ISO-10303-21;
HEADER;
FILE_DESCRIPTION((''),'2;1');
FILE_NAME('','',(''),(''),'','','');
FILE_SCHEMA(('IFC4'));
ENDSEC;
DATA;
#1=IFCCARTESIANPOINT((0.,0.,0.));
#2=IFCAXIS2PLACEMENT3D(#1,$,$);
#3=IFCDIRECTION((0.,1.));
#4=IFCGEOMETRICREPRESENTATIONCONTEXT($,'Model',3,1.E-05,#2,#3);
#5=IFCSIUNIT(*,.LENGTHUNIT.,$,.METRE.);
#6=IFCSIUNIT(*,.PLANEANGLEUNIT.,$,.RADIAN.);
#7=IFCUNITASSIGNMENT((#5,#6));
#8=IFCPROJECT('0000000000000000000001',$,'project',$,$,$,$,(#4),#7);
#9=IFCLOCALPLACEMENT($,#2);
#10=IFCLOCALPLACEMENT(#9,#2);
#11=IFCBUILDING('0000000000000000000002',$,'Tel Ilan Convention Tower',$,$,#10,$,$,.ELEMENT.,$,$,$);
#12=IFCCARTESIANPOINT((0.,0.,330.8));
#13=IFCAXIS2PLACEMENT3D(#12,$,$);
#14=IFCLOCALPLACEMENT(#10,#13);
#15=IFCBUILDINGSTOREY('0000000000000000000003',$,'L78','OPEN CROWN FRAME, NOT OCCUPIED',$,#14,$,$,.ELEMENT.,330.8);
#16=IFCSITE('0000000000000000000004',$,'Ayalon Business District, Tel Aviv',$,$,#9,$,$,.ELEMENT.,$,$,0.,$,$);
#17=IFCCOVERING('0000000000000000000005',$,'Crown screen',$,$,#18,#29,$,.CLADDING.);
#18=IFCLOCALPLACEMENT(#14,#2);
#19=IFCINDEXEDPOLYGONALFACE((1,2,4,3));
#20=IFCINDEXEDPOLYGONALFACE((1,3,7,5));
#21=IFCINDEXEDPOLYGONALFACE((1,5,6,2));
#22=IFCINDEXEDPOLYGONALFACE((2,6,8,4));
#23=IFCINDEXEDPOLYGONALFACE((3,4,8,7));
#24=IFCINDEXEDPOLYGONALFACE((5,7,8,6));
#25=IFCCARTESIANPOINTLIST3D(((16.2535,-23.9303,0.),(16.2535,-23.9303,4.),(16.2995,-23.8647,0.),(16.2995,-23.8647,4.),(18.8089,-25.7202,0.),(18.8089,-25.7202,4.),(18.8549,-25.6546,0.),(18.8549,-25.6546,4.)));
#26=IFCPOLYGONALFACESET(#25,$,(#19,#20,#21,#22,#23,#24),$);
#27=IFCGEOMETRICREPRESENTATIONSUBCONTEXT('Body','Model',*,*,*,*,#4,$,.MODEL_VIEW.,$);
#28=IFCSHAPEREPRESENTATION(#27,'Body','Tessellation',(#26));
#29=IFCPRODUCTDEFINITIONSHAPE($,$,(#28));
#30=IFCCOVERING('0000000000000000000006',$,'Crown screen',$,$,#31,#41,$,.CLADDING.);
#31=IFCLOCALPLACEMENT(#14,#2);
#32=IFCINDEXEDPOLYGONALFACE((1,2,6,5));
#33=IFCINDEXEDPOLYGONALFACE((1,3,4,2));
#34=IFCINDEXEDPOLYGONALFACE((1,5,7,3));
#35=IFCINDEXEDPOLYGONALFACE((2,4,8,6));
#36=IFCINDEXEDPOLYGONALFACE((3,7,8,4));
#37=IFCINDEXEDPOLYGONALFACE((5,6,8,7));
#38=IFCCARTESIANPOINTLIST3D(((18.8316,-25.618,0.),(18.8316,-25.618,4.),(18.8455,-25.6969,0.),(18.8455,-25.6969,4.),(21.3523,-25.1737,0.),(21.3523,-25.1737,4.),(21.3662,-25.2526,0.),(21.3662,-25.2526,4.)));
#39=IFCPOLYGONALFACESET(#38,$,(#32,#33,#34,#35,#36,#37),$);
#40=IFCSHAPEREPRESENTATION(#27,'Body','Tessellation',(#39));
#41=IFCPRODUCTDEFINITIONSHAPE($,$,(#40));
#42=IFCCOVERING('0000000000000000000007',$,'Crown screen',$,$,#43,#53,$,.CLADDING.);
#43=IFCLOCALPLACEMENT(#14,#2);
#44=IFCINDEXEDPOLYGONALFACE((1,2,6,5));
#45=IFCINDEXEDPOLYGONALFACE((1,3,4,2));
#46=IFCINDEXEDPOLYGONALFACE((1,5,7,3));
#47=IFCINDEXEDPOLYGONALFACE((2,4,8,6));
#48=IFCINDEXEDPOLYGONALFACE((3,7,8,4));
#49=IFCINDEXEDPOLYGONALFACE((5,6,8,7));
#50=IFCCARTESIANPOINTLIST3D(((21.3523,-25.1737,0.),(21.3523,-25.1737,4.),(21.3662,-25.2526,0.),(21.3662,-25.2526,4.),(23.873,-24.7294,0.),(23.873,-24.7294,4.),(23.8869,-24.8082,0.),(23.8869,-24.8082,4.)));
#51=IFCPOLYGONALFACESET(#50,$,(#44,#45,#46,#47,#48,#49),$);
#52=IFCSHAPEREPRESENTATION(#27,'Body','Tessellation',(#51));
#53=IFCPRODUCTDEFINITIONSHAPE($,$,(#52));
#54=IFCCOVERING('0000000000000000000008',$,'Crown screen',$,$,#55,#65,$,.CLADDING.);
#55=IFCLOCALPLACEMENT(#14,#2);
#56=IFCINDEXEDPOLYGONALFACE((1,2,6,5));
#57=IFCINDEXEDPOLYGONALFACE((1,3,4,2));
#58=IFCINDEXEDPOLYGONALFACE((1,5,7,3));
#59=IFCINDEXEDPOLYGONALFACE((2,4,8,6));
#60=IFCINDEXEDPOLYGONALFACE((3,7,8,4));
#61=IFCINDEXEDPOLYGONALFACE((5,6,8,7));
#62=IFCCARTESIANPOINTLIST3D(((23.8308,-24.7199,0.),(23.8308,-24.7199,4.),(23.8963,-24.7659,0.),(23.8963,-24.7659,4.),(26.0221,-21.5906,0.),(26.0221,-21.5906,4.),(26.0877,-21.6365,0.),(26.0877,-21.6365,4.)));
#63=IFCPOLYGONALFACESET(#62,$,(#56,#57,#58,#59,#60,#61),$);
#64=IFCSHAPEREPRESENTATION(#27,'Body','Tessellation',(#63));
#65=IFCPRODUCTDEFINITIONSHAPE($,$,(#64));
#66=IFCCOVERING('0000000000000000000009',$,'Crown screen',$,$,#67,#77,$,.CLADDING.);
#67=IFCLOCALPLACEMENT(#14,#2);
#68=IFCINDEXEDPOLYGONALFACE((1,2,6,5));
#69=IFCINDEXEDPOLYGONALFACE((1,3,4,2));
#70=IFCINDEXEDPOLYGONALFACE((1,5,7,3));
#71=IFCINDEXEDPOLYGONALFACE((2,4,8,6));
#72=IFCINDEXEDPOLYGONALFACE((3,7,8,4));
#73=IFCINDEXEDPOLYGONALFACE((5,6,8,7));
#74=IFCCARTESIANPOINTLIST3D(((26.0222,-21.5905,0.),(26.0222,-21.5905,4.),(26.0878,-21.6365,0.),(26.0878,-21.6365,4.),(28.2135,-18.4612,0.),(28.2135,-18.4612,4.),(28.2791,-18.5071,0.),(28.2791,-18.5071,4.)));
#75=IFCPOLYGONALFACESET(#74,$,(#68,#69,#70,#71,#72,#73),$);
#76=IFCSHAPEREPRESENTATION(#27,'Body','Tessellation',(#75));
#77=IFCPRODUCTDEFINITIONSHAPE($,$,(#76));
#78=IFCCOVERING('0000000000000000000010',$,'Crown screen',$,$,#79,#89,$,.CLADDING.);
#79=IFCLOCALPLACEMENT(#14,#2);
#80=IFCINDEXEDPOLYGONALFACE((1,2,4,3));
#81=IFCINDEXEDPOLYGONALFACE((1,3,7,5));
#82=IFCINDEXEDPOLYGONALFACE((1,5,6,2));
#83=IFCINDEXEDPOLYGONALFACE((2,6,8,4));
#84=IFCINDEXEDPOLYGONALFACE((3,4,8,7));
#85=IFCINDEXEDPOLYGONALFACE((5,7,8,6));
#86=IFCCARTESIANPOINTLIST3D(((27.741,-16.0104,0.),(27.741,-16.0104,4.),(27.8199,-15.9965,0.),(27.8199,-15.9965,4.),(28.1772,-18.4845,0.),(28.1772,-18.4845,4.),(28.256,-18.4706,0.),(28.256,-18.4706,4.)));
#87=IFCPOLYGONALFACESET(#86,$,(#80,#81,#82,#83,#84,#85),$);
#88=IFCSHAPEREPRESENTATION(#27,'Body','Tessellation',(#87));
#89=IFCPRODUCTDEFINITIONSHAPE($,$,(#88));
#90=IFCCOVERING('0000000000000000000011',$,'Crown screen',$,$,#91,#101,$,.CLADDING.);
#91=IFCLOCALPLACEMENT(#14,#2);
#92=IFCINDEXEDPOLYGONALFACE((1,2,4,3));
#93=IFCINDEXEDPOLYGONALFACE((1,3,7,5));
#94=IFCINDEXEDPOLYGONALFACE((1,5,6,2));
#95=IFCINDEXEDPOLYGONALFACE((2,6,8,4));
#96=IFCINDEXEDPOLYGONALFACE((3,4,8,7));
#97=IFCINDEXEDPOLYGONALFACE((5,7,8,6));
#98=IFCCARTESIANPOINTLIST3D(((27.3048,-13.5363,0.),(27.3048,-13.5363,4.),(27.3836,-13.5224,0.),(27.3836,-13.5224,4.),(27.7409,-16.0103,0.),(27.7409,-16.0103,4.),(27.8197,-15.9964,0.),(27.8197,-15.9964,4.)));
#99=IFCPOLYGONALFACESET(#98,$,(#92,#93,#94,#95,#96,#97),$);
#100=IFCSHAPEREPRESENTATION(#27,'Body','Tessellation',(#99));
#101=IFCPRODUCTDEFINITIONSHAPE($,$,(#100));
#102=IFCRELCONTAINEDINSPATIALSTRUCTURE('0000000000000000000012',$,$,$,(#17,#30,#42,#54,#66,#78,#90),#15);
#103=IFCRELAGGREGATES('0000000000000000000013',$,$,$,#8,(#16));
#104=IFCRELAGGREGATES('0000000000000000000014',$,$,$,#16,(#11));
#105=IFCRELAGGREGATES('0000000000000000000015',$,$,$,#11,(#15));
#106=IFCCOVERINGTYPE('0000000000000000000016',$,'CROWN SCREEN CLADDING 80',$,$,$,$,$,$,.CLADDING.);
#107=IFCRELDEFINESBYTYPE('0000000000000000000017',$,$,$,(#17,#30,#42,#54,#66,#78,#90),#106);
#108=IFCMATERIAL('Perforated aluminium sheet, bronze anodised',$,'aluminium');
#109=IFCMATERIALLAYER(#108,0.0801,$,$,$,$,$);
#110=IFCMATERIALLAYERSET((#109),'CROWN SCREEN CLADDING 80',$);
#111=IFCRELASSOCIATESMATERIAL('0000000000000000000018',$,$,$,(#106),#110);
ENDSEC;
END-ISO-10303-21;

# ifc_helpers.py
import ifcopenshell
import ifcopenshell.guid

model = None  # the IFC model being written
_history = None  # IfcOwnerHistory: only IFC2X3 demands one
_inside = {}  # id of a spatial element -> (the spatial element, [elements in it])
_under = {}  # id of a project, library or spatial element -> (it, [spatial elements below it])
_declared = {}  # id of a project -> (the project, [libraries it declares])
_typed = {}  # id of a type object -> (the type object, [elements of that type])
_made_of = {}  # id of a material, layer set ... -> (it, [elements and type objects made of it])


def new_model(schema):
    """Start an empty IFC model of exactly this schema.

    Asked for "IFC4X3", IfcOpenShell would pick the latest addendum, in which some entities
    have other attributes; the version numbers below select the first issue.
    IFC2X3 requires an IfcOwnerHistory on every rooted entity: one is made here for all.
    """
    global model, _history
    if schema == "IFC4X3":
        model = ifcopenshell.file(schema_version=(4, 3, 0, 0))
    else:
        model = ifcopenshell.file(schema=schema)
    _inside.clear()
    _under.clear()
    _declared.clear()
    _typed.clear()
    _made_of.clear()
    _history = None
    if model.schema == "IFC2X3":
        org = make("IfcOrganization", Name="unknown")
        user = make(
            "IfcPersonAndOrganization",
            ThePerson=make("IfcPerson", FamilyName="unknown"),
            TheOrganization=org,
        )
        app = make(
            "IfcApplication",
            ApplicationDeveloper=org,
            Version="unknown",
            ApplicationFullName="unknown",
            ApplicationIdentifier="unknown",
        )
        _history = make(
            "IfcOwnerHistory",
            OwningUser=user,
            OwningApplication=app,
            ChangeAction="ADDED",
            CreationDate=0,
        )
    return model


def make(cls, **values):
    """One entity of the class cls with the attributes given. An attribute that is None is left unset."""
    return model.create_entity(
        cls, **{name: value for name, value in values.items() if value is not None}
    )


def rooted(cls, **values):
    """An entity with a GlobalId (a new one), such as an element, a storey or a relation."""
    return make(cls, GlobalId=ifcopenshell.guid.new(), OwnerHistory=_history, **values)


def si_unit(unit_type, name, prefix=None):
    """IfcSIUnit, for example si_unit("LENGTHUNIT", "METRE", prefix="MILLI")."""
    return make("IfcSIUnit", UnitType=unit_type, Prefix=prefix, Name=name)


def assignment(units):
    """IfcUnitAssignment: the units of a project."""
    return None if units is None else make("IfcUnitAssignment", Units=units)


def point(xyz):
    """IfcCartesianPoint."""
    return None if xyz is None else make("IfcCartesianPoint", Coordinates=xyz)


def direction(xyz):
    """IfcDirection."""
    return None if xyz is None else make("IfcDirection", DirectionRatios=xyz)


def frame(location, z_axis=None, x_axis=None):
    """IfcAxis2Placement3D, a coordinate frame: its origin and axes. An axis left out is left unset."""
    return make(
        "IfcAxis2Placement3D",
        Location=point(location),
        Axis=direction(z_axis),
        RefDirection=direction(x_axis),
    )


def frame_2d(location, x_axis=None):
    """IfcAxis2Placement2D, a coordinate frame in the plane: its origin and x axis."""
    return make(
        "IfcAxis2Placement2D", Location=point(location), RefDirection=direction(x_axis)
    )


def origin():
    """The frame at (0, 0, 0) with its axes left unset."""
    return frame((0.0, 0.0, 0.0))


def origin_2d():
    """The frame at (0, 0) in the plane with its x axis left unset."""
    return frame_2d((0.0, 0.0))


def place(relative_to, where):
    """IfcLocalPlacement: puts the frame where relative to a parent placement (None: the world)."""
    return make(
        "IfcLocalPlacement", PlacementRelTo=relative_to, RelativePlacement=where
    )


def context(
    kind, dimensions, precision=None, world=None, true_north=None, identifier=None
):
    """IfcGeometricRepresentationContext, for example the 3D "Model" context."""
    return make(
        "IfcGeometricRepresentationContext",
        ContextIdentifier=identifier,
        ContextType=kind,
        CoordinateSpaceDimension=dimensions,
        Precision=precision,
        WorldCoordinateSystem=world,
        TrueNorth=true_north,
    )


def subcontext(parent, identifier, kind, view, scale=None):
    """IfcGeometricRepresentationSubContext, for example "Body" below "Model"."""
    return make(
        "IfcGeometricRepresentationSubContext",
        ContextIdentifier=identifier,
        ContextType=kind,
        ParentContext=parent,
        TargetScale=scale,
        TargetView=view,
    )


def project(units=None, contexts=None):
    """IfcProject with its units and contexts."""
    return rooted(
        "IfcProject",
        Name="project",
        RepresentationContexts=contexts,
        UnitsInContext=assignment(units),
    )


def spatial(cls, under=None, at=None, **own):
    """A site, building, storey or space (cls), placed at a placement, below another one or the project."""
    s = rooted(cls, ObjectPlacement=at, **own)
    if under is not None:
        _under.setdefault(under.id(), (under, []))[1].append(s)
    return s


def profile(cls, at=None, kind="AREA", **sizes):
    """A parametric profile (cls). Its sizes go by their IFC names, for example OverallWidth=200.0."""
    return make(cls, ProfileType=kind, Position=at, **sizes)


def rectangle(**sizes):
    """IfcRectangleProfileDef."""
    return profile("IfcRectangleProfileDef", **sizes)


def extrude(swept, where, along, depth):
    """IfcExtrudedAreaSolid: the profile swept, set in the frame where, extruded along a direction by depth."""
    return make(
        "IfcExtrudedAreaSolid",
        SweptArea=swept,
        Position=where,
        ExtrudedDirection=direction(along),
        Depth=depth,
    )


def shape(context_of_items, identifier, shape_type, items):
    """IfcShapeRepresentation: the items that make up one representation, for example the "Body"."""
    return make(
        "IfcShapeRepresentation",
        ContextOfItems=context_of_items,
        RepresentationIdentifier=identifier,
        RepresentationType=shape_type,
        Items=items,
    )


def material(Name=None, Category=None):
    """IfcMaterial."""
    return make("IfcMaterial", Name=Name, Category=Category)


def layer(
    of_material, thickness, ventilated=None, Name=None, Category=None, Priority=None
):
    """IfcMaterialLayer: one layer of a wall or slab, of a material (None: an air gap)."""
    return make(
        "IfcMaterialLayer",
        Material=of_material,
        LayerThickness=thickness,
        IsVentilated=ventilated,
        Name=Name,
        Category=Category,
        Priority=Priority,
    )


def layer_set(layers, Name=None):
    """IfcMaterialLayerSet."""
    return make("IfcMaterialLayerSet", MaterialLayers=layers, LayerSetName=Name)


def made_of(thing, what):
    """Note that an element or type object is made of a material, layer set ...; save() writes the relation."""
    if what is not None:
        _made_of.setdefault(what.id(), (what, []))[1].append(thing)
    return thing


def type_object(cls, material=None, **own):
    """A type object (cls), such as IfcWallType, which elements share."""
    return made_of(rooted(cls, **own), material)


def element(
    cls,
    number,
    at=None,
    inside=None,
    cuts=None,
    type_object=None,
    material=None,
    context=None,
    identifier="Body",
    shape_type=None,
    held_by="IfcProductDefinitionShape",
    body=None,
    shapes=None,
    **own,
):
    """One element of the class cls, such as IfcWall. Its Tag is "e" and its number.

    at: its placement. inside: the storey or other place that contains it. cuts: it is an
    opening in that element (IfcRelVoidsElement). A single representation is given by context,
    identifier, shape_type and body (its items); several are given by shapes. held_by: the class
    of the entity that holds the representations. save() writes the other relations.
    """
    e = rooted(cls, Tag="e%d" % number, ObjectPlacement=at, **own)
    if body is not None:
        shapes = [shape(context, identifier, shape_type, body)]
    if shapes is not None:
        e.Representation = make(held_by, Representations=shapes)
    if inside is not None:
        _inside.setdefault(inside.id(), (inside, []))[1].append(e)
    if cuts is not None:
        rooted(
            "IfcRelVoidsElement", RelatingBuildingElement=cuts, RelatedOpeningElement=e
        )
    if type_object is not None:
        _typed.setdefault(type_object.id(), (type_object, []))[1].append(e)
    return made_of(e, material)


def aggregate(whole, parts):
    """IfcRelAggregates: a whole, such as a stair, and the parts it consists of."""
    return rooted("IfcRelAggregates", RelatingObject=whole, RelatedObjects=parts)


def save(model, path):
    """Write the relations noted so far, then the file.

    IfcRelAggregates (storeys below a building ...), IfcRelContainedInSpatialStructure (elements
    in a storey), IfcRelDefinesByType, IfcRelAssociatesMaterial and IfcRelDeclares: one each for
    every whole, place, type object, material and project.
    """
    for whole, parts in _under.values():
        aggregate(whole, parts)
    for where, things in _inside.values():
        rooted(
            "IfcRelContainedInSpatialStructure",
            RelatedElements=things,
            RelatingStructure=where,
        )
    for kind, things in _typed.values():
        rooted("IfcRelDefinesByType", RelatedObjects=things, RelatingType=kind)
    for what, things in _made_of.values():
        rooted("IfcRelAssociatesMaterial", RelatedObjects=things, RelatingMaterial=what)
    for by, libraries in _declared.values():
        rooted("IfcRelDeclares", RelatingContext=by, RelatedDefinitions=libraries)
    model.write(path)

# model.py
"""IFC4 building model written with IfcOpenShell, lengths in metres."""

from ifc_helpers import new_model, si_unit, direction, frame, origin, origin_2d, place, context, subcontext, project, spatial, rectangle, extrude, material, layer, layer_set, type_object, element, save


model = new_model("IFC4")

# Units and contexts
model_context = context("Model", 3, precision=1e-05, world=origin(), true_north=direction((0.0, 1.0)))
body_context = subcontext(model_context, "Body", "Model", "MODEL_VIEW")
ifc_project = project(units=[si_unit("LENGTHUNIT", "METRE"), si_unit("PLANEANGLEUNIT", "RADIAN")], contexts=[model_context])

# Site, building, storey
site_placement = place(None, origin())
site = spatial("IfcSite", under=ifc_project, at=site_placement, Name="Ayalon Business District, Tel Aviv", CompositionType="ELEMENT", RefElevation=0.0)
building_placement = place(site_placement, origin())
building = spatial("IfcBuilding", under=site, at=building_placement, Name="Tel Ilan Convention Tower", CompositionType="ELEMENT")
storey_placement = place(building_placement, frame((0.0, 0.0, 330.8)))
storey = spatial("IfcBuildingStorey", under=building, at=storey_placement, Name="L78", Description="OPEN CROWN FRAME, NOT OCCUPIED", CompositionType="ELEMENT", Elevation=330.8)

# Coverings
ifc_material_1 = material(Name="Perforated aluminium sheet, bronze anodised", Category="aluminium")
ifc_layer = layer(ifc_material_1, 0.0801)
ifc_layer_set = layer_set([ifc_layer], Name="CROWN SCREEN CLADDING 80")
covering_type = type_object("IfcCoveringType", Name="CROWN SCREEN CLADDING 80", PredefinedType="CLADDING", material=ifc_layer_set)
covering_1_placement = place(storey_placement, frame((17.5542, -24.7925, 0.0), z_axis=(0.0, 0.0, 1.0), x_axis=(0.81906, -0.573708, 0.0)))
element("IfcCovering", 1, at=covering_1_placement, inside=storey, type_object=covering_type, Name="Crown screen", PredefinedType="CLADDING", context=body_context, shape_type="SweptSolid", body=[
    extrude(rectangle(XDim=3.1199, YDim=0.0801, at=origin_2d()), origin(), (0.0, 0.0, 1.0), 4.0),
])
for number, where, z_axis, x_axis, name in (
    (2, (20.0989, -25.4353, 0.0), (0.0, 0.0, 1.0), (0.984817, 0.173598, 0.0), "Crown screen"),
    (3, (22.6196, -24.991, 0.0), (0.0, 0.0, 1.0), (0.984817, 0.173598, 0.0), "Crown screen"),
):
    element("IfcCovering", number, at=place(storey_placement, frame(where, z_axis=z_axis, x_axis=x_axis)), inside=storey, type_object=covering_type, Name=name, PredefinedType="CLADDING", context=body_context, shape_type="SweptSolid", body=[
        extrude(rectangle(XDim=2.5596, YDim=0.0801, at=origin_2d()), origin(), (0.0, 0.0, 1.0), 4.0),
    ])
for number, where, z_axis, x_axis, name in (
    (4, (24.9592, -23.1782, 0.0), (0.0, 0.0, 1.0), (0.573607, 0.81913, 0.0), "Crown screen"),
    (5, (27.1506, -20.0488, 0.0), (0.0, 0.0, 1.0), (0.573607, 0.81913, 0.0), "Crown screen"),
):
    element("IfcCovering", number, at=place(storey_placement, frame(where, z_axis=z_axis, x_axis=x_axis)), inside=storey, type_object=covering_type, Name=name, PredefinedType="CLADDING", context=body_context, shape_type="SweptSolid", body=[
        extrude(rectangle(XDim=3.8203, YDim=0.0801, at=origin_2d()), origin(), (0.0, 0.0, 1.0), 4.0),
    ])
for number, where, z_axis, x_axis, name in (
    (6, (27.9985, -17.2405, 0.0), (0.0, 0.0, 1.0), (-0.173598, 0.984817, 0.0), "Crown screen"),
    (7, (27.5623, -14.7664, 0.0), (0.0, 0.0, 1.0), (-0.173598, 0.984817, 0.0), "Crown screen"),
):
    element("IfcCovering", number, at=place(storey_placement, frame(where, z_axis=z_axis, x_axis=x_axis)), inside=storey, type_object=covering_type, Name=name, PredefinedType="CLADDING", context=body_context, shape_type="SweptSolid", body=[
        extrude(rectangle(XDim=2.5122, YDim=0.0801, at=origin_2d()), origin(), (0.0, 0.0, 1.0), 4.0),
    ])

save(model, "model.ifc")
